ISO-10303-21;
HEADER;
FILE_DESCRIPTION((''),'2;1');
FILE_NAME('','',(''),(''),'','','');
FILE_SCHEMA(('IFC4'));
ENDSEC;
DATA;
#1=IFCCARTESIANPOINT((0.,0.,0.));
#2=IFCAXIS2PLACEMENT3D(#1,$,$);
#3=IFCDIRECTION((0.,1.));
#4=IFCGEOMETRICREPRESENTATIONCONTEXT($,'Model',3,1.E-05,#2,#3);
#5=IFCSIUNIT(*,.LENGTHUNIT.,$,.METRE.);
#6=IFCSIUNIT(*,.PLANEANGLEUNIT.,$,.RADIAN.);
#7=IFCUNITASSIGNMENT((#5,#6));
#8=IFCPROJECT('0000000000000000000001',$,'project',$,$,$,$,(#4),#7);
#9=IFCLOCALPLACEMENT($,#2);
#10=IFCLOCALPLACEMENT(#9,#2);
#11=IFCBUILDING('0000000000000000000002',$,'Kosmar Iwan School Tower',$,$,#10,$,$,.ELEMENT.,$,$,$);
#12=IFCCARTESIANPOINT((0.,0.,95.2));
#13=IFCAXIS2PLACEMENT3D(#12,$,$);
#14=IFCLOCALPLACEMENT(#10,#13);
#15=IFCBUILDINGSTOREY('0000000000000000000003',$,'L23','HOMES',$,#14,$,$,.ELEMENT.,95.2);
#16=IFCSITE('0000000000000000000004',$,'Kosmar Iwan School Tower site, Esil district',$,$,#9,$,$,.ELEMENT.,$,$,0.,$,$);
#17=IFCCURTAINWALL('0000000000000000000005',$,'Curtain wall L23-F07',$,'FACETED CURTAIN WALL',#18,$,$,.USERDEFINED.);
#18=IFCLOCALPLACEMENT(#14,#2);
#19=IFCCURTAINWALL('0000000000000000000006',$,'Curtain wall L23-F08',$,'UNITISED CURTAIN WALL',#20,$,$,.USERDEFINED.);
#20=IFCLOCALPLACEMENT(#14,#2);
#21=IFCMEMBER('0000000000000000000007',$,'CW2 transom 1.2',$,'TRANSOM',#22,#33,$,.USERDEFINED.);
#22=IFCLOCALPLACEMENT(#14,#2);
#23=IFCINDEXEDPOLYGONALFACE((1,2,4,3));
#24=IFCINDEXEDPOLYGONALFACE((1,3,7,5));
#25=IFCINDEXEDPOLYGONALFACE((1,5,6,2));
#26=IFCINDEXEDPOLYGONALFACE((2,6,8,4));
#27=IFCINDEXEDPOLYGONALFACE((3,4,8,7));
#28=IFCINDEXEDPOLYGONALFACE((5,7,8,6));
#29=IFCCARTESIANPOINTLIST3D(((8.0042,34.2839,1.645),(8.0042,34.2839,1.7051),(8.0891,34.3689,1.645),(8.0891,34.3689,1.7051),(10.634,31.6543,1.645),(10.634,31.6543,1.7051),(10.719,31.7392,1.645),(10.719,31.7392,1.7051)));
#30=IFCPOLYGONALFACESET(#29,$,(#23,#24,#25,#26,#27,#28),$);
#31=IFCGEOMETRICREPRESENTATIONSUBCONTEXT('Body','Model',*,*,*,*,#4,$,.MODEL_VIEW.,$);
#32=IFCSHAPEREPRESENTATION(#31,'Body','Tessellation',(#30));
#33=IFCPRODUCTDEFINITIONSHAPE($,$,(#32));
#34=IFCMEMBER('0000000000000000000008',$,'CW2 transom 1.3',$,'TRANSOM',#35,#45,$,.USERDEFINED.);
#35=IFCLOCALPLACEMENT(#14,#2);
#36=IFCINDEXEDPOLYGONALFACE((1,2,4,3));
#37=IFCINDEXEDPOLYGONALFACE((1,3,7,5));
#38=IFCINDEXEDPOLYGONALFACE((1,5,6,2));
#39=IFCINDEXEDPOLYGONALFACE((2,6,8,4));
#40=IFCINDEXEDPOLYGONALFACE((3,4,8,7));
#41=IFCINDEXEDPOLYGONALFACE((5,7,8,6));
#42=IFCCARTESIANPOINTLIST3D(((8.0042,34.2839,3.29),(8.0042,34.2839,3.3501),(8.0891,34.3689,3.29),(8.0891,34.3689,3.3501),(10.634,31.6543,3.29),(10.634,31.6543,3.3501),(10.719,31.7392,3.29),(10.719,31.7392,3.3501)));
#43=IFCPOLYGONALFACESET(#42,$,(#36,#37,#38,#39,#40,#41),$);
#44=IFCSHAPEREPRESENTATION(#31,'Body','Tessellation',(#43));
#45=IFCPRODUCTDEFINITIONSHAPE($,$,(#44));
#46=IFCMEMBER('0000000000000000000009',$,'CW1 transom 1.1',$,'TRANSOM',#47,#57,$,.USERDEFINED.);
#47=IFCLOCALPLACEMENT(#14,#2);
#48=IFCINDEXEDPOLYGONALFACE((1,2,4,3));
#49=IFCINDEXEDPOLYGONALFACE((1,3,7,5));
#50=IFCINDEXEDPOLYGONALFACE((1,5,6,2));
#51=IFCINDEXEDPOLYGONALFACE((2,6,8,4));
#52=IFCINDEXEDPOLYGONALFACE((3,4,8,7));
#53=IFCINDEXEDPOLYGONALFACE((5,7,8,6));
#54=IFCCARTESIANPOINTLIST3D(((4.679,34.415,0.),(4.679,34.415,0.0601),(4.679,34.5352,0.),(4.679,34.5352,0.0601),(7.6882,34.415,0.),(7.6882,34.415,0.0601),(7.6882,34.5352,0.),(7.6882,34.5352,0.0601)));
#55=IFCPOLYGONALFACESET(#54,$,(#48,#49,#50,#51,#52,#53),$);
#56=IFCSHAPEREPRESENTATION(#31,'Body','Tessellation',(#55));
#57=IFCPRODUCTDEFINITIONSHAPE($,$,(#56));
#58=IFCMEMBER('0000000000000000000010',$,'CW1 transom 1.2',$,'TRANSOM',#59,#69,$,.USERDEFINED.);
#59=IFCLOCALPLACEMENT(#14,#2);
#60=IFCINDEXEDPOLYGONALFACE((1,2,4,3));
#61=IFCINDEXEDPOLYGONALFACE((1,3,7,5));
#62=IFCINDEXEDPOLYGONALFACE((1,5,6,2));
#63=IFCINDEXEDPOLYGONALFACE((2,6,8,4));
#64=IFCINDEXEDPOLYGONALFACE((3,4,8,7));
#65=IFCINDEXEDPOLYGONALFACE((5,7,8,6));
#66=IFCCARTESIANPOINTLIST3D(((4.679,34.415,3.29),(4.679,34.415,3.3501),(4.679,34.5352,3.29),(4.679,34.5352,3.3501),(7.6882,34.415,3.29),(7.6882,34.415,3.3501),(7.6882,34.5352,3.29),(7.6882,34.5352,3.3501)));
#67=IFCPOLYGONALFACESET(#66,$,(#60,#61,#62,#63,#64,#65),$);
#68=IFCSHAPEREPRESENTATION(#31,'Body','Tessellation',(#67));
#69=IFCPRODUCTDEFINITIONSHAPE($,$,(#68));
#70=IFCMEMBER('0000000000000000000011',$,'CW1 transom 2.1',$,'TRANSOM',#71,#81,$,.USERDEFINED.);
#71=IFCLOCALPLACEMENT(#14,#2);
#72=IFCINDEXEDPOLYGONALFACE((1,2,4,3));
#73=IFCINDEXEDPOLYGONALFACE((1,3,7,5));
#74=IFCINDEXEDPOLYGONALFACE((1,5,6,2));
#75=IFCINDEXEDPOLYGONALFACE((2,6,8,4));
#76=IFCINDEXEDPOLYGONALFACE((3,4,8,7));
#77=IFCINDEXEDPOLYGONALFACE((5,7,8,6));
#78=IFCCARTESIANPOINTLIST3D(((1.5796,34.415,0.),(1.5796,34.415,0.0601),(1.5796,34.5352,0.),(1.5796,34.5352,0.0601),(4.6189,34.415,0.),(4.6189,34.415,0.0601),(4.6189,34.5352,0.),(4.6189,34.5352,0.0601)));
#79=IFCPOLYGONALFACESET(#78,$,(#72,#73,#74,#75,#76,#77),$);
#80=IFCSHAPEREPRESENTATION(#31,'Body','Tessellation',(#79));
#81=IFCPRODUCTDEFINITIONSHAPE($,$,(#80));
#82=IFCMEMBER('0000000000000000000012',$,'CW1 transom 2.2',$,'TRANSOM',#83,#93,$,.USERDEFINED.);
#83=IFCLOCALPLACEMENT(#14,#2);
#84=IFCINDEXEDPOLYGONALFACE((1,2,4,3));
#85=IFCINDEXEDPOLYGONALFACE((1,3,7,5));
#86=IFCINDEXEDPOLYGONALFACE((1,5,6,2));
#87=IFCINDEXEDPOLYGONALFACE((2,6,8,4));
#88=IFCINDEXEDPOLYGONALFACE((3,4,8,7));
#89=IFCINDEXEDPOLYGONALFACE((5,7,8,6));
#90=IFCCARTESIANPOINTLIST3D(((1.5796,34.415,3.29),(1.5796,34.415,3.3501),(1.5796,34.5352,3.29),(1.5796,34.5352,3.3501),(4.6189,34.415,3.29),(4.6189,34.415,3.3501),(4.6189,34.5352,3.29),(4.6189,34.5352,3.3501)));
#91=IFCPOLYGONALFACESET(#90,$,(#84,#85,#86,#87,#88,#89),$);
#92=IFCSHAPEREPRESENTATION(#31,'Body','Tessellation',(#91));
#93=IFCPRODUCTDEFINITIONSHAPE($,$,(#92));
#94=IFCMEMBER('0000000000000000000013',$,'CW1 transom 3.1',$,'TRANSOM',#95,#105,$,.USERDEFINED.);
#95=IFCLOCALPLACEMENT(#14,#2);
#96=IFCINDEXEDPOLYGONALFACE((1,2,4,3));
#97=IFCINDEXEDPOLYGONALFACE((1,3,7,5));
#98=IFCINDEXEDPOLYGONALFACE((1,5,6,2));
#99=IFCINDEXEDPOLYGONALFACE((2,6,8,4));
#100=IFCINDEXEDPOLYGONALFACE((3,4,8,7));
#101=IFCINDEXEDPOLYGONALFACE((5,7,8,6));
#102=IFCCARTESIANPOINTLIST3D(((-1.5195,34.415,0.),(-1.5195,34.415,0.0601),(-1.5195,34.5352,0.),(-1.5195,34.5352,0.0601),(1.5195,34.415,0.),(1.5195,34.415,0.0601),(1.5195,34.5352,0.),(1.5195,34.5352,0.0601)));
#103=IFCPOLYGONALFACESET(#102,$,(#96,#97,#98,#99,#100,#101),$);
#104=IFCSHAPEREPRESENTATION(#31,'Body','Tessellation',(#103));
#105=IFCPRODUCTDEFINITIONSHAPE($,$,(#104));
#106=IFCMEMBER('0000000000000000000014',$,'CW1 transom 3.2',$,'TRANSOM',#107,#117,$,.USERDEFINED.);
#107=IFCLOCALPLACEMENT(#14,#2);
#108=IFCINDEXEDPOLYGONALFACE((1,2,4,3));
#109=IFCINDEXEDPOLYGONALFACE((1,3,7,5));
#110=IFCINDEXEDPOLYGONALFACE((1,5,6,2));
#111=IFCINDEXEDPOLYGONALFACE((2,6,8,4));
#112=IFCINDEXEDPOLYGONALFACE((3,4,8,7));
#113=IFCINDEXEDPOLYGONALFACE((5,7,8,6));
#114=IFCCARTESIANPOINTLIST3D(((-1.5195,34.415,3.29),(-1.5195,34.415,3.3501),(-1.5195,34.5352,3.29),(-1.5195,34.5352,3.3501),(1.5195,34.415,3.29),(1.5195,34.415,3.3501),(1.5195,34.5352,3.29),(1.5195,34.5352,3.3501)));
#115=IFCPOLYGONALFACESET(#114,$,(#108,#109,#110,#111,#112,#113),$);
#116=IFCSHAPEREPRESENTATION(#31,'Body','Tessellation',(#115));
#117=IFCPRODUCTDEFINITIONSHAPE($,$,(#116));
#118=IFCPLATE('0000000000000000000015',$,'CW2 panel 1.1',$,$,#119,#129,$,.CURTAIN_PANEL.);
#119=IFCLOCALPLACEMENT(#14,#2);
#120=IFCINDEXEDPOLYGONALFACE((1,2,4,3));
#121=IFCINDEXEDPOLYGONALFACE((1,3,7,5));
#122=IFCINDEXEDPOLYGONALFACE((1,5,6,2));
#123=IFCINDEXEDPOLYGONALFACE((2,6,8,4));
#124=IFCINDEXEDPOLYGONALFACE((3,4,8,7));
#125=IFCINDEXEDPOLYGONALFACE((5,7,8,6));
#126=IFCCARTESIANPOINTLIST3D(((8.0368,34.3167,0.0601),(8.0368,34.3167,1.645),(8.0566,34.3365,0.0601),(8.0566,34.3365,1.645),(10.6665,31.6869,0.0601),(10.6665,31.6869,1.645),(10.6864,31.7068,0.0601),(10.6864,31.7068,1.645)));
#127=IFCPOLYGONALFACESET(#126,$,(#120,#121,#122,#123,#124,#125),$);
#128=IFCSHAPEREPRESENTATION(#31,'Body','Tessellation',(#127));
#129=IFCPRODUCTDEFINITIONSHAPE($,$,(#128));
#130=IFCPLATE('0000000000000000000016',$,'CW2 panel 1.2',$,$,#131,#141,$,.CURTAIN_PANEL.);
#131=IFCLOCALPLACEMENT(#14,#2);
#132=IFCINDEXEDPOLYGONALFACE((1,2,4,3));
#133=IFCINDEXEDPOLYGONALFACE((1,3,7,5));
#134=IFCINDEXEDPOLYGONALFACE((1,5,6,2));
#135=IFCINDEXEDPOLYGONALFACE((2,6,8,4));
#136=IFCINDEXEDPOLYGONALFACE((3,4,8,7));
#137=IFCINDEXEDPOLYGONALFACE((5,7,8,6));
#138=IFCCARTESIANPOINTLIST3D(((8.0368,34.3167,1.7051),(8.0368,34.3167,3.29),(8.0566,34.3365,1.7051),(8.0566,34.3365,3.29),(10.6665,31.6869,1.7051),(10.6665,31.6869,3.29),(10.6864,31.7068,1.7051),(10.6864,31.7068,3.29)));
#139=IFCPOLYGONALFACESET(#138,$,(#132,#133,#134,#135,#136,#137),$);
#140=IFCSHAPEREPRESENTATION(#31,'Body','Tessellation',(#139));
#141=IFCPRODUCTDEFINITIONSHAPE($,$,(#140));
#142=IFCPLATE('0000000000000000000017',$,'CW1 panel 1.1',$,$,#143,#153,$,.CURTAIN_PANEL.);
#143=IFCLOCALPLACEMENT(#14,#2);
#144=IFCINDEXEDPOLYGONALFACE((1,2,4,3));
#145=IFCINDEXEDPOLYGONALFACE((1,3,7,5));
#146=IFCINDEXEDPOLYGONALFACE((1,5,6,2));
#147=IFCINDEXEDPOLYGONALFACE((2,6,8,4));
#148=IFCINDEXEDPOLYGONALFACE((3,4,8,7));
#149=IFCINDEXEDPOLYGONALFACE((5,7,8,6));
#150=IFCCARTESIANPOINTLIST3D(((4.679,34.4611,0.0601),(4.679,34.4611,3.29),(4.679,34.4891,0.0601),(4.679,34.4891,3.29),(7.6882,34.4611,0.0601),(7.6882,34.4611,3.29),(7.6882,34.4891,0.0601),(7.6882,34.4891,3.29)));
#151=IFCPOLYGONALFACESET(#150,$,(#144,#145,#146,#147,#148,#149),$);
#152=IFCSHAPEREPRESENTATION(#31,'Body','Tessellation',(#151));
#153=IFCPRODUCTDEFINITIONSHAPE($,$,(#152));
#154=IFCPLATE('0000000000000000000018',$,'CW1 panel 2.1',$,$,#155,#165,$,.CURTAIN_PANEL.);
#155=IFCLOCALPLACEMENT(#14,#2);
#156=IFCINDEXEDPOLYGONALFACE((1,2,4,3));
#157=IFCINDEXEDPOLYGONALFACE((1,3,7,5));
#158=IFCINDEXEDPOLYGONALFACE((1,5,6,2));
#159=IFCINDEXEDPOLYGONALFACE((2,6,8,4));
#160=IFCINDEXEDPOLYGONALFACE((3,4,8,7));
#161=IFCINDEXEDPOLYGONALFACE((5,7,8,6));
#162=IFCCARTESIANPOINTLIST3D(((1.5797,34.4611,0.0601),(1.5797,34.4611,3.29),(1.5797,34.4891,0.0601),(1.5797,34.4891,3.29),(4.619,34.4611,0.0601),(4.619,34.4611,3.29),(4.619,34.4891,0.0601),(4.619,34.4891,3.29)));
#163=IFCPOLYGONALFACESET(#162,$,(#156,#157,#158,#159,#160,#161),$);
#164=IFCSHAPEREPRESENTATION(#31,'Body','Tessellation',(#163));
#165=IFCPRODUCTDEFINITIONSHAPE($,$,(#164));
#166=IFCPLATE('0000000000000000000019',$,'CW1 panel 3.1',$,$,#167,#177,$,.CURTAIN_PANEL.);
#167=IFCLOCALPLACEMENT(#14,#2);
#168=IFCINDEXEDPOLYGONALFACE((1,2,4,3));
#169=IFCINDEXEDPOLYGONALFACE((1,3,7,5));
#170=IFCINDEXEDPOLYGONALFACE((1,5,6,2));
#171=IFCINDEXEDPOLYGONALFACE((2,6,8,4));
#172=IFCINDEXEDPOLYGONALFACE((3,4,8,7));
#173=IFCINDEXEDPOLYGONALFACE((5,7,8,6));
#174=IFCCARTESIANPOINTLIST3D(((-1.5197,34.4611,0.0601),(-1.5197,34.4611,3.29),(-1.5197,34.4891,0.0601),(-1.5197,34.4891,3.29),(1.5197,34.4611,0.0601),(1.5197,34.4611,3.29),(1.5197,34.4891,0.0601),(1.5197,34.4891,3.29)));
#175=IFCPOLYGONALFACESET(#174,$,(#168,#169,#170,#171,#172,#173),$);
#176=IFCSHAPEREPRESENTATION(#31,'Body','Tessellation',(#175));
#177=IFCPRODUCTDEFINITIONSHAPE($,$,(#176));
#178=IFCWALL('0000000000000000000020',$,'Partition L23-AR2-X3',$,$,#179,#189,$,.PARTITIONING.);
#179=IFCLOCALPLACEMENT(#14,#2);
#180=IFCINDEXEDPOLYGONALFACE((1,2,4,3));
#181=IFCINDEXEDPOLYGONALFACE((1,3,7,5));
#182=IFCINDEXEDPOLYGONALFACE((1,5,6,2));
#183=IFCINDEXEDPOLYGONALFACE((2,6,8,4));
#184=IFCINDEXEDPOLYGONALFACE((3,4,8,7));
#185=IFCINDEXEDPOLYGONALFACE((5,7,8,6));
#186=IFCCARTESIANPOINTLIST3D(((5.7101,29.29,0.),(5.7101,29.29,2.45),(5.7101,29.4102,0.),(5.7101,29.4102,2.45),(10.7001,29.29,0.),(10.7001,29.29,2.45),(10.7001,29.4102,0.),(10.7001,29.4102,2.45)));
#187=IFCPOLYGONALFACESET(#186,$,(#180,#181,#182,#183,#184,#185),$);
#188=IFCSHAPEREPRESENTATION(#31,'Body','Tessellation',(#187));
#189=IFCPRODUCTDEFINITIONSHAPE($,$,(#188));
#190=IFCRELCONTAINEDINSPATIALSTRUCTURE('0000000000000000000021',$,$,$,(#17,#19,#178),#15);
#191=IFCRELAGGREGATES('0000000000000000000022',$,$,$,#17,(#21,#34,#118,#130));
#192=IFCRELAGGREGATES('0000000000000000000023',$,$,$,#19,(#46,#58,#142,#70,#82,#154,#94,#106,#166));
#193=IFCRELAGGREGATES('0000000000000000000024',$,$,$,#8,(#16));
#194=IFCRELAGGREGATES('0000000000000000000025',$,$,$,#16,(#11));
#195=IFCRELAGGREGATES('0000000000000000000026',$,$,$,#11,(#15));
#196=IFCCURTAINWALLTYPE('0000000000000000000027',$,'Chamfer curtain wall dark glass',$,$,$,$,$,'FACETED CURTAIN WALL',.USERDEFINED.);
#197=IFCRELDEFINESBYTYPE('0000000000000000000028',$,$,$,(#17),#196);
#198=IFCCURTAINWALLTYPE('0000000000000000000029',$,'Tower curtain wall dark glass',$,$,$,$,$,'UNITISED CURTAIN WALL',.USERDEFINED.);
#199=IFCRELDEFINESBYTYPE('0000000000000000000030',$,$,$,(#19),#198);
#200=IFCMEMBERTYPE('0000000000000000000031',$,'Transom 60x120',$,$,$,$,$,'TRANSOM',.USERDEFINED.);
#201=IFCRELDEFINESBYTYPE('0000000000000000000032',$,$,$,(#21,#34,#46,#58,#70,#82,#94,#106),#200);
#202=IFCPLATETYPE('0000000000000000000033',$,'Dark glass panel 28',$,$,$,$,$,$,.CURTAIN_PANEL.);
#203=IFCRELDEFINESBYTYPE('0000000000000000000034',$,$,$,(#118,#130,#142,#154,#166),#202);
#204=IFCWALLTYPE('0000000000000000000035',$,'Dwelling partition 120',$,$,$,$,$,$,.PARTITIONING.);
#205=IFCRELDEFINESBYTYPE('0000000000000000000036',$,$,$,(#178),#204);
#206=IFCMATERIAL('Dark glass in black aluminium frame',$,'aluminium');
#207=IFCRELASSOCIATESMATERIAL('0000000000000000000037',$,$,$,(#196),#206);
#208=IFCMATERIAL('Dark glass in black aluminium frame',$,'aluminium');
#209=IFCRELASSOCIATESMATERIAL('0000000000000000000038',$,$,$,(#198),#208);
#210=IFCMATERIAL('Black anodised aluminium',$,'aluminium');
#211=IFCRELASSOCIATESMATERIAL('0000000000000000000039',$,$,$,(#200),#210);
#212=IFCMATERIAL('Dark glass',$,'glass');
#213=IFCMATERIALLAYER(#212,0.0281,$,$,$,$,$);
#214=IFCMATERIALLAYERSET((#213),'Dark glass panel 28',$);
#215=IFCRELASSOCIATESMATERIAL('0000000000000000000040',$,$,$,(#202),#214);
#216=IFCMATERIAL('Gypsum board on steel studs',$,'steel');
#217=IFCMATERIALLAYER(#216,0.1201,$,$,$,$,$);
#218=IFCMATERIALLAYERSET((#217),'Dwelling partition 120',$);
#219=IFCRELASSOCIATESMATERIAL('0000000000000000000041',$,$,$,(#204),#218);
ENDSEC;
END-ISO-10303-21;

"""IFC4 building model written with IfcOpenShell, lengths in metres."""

from ifc_helpers import new_model, si_unit, direction, frame, frame_2d, origin, origin_2d, place, context, subcontext, project, spatial, rectangle, extrude, material, layer, layer_set, material_profile, profile_set, type_object, element, aggregate, save


model = new_model("IFC4")

# Units and contexts
model_context = context("Model", 3, precision=1e-05, world=origin(), true_north=direction((0.0, 1.0)))
body_context = subcontext(model_context, "Body", "Model", "MODEL_VIEW")
ifc_project = project(units=[si_unit("LENGTHUNIT", "METRE"), si_unit("PLANEANGLEUNIT", "RADIAN")], contexts=[model_context])

# Site, building, storey
site_placement = place(None, origin())
site = spatial("IfcSite", under=ifc_project, at=site_placement, Name="Kosmar Iwan School Tower site, Esil district", CompositionType="ELEMENT", RefElevation=0.0)
building_placement = place(site_placement, origin())
building = spatial("IfcBuilding", under=site, at=building_placement, Name="Kosmar Iwan School Tower", CompositionType="ELEMENT")
storey_placement = place(building_placement, frame((0.0, 0.0, 95.2)))
storey = spatial("IfcBuildingStorey", under=building, at=storey_placement, Name="L23", Description="HOMES", CompositionType="ELEMENT", Elevation=95.2)

# Curtain walls
ifc_material_1 = material(Name="Dark glass in black aluminium frame", Category="aluminium")
curtain_wall_type_1 = type_object("IfcCurtainWallType", Name="Chamfer curtain wall dark glass", ElementType="FACETED CURTAIN WALL", PredefinedType="USERDEFINED", material=ifc_material_1)
curtain_wall_1_placement = place(storey_placement, origin())
curtain_wall_1 = element("IfcCurtainWall", 1, at=curtain_wall_1_placement, inside=storey, type_object=curtain_wall_type_1, Name="Curtain wall L23-F07", ObjectType="FACETED CURTAIN WALL", PredefinedType="USERDEFINED")
ifc_material_2 = material(Name="Dark glass in black aluminium frame", Category="aluminium")
curtain_wall_type_2 = type_object("IfcCurtainWallType", Name="Tower curtain wall dark glass", ElementType="UNITISED CURTAIN WALL", PredefinedType="USERDEFINED", material=ifc_material_2)
curtain_wall_2_placement = place(storey_placement, origin())
curtain_wall_2 = element("IfcCurtainWall", 2, at=curtain_wall_2_placement, inside=storey, type_object=curtain_wall_type_2, Name="Curtain wall L23-F08", ObjectType="UNITISED CURTAIN WALL", PredefinedType="USERDEFINED")

# Members
ifc_material_3 = material(Name="Black anodised aluminium", Category="aluminium")
ifc_material_profile_1 = material_profile(ifc_material_3, rectangle(XDim=0.1201, YDim=0.0601, at=origin_2d()), Name="TRANSOM 60x120")
ifc_profile_set_1 = profile_set([ifc_material_profile_1], Name="Black anodised aluminium")
member_type_1 = type_object("IfcMemberType", Name="Transom 60x120", ElementType="TRANSOM", PredefinedType="USERDEFINED", material=ifc_profile_set_1)
member_1_placement = place(storey_placement, frame((10.6765, 31.6968, 1.675), z_axis=(-0.70714, 0.707074, 0.0), x_axis=(-0.707074, -0.70714, 0.0)))
member_1 = element("IfcMember", 3, at=member_1_placement, type_object=member_type_1, Name="CW2 transom 1.2", ObjectType="TRANSOM", PredefinedType="USERDEFINED", context=body_context, shape_type="SweptSolid", body=[
    extrude(rectangle(XDim=0.1201, YDim=0.0601, at=origin_2d()), origin(), (0.0, 0.0, 1.0), 3.719),
])
member_2_placement = place(storey_placement, frame((10.6765, 31.6968, 3.3201), z_axis=(-0.70714, 0.707074, 0.0), x_axis=(-0.707074, -0.70714, 0.0)))
member_2 = element("IfcMember", 4, at=member_2_placement, type_object=member_type_1, Name="CW2 transom 1.3", ObjectType="TRANSOM", PredefinedType="USERDEFINED", context=body_context, shape_type="SweptSolid", body=[
    extrude(rectangle(XDim=0.1201, YDim=0.0601, at=origin_2d()), origin(), (0.0, 0.0, 1.0), 3.719),
])
member_3_placement = place(storey_placement, frame((7.6882, 34.4751, 0.03), z_axis=(-1.0, 0.0, 0.0), x_axis=(0.0, -1.0, 0.0)))
member_3 = element("IfcMember", 5, at=member_3_placement, type_object=member_type_1, Name="CW1 transom 1.1", ObjectType="TRANSOM", PredefinedType="USERDEFINED", context=body_context, shape_type="SweptSolid", body=[
    extrude(rectangle(XDim=0.1201, YDim=0.0601, at=origin_2d()), origin(), (0.0, 0.0, 1.0), 3.0093),
])
member_4_placement = place(storey_placement, frame((7.6882, 34.4751, 3.3201), z_axis=(-1.0, 0.0, 0.0), x_axis=(0.0, -1.0, 0.0)))
member_4 = element("IfcMember", 6, at=member_4_placement, type_object=member_type_1, Name="CW1 transom 1.2", ObjectType="TRANSOM", PredefinedType="USERDEFINED", context=body_context, shape_type="SweptSolid", body=[
    extrude(rectangle(XDim=0.1201, YDim=0.0601, at=origin_2d()), origin(), (0.0, 0.0, 1.0), 3.0093),
])
member_5_placement = place(storey_placement, frame((4.6189, 34.4751, 0.03), z_axis=(-1.0, 0.0, 0.0), x_axis=(0.0, -1.0, 0.0)))
member_5 = element("IfcMember", 7, at=member_5_placement, type_object=member_type_1, Name="CW1 transom 2.1", ObjectType="TRANSOM", PredefinedType="USERDEFINED", context=body_context, shape_type="SweptSolid", body=[
    extrude(rectangle(XDim=0.1201, YDim=0.0601, at=origin_2d()), origin(), (0.0, 0.0, 1.0), 3.0393),
])
member_6_placement = place(storey_placement, frame((4.6189, 34.4751, 3.3201), z_axis=(-1.0, 0.0, 0.0), x_axis=(0.0, -1.0, 0.0)))
member_6 = element("IfcMember", 8, at=member_6_placement, type_object=member_type_1, Name="CW1 transom 2.2", ObjectType="TRANSOM", PredefinedType="USERDEFINED", context=body_context, shape_type="SweptSolid", body=[
    extrude(rectangle(XDim=0.1201, YDim=0.0601, at=origin_2d()), origin(), (0.0, 0.0, 1.0), 3.0393),
])
member_7_placement = place(storey_placement, frame((1.5195, 34.4751, 0.03), z_axis=(-1.0, 0.0, 0.0), x_axis=(0.0, -1.0, 0.0)))
member_7 = element("IfcMember", 9, at=member_7_placement, type_object=member_type_1, Name="CW1 transom 3.1", ObjectType="TRANSOM", PredefinedType="USERDEFINED", context=body_context, shape_type="SweptSolid", body=[
    extrude(rectangle(XDim=0.1201, YDim=0.0601, at=origin_2d()), origin(), (0.0, 0.0, 1.0), 3.0391),
])
member_8_placement = place(storey_placement, frame((1.5195, 34.4751, 3.3201), z_axis=(-1.0, 0.0, 0.0), x_axis=(0.0, -1.0, 0.0)))
member_8 = element("IfcMember", 10, at=member_8_placement, type_object=member_type_1, Name="CW1 transom 3.2", ObjectType="TRANSOM", PredefinedType="USERDEFINED", context=body_context, shape_type="SweptSolid", body=[
    extrude(rectangle(XDim=0.1201, YDim=0.0601, at=origin_2d()), origin(), (0.0, 0.0, 1.0), 3.0391),
])

# Plates
ifc_material_4 = material(Name="Dark glass", Category="glass")
ifc_layer_1 = layer(ifc_material_4, 0.0281)
ifc_layer_set_1 = layer_set([ifc_layer_1], Name="Dark glass panel 28")
plate_type = type_object("IfcPlateType", Name="Dark glass panel 28", PredefinedType="CURTAIN_PANEL", material=ifc_layer_set_1)
plate_1_placement = place(storey_placement, frame((9.3616, 33.0117, 0.0601), z_axis=(0.0, 0.0, 1.0), x_axis=(-0.707107, 0.707107, 0.0)))
plate_1 = element("IfcPlate", 11, at=plate_1_placement, type_object=plate_type, Name="CW2 panel 1.1", PredefinedType="CURTAIN_PANEL", context=body_context, shape_type="SweptSolid", body=[
    extrude(rectangle(XDim=3.719, YDim=0.0281, at=origin_2d()), origin(), (0.0, 0.0, 1.0), 1.585),
])
plate_2_placement = place(storey_placement, frame((9.3616, 33.0117, 1.7051), z_axis=(0.0, 0.0, 1.0), x_axis=(-0.707107, 0.707107, 0.0)))
plate_2 = element("IfcPlate", 12, at=plate_2_placement, type_object=plate_type, Name="CW2 panel 1.2", PredefinedType="CURTAIN_PANEL", context=body_context, shape_type="SweptSolid", body=[
    extrude(rectangle(XDim=3.719, YDim=0.0281, at=origin_2d()), origin(), (0.0, 0.0, 1.0), 1.585),
])
aggregate(curtain_wall_1, [member_1, member_2, plate_1, plate_2])
plate_3_placement = place(storey_placement, frame((6.1836, 34.4751, 0.0601), z_axis=(0.0, 0.0, 1.0), x_axis=(-1.0, 0.0, 0.0)))
plate_3 = element("IfcPlate", 13, at=plate_3_placement, type_object=plate_type, Name="CW1 panel 1.1", PredefinedType="CURTAIN_PANEL", context=body_context, shape_type="SweptSolid", body=[
    extrude(rectangle(XDim=3.0093, YDim=0.0281, at=origin_2d()), origin(), (0.0, 0.0, 1.0), 3.23),
])
plate_4_placement = place(storey_placement, frame((3.0994, 34.4751, 0.0601), z_axis=(0.0, 0.0, 1.0), x_axis=(-1.0, 0.0, 0.0)))
plate_4 = element("IfcPlate", 14, at=plate_4_placement, type_object=plate_type, Name="CW1 panel 2.1", PredefinedType="CURTAIN_PANEL", context=body_context, shape_type="SweptSolid", body=[
    extrude(rectangle(XDim=3.0393, YDim=0.0281, at=origin_2d()), origin(), (0.0, 0.0, 1.0), 3.23),
])
plate_5_placement = place(storey_placement, frame((0.0, 34.4751, 0.0601), z_axis=(0.0, 0.0, 1.0), x_axis=(-1.0, 0.0, 0.0)))
plate_5 = element("IfcPlate", 15, at=plate_5_placement, type_object=plate_type, Name="CW1 panel 3.1", PredefinedType="CURTAIN_PANEL", context=body_context, shape_type="SweptSolid", body=[
    extrude(rectangle(XDim=3.0393, YDim=0.0281, at=origin_2d()), origin(), (0.0, 0.0, 1.0), 3.23),
])
aggregate(curtain_wall_2, [member_3, member_4, plate_3, member_5, member_6, plate_4, member_7, member_8, plate_5])

# Wall
ifc_material_5 = material(Name="Gypsum board on steel studs", Category="steel")
ifc_layer_2 = layer(ifc_material_5, 0.1201)
ifc_layer_set_2 = layer_set([ifc_layer_2], Name="Dwelling partition 120")
wall_type = type_object("IfcWallType", Name="Dwelling partition 120", PredefinedType="PARTITIONING", material=ifc_layer_set_2)
wall_placement = place(storey_placement, frame((5.71, 29.3501, 0.0), z_axis=(0.0, 0.0, 1.0), x_axis=(1.0, 0.0, 0.0)))
element("IfcWall", 16, at=wall_placement, inside=storey, type_object=wall_type, Name="Partition L23-AR2-X3", PredefinedType="PARTITIONING", context=body_context, shape_type="SweptSolid", body=[
    extrude(rectangle(XDim=4.99, YDim=0.1201, at=frame_2d((2.4951, 0.0))), origin(), (0.0, 0.0, 1.0), 2.45),
])

save(model, "model.ifc")
